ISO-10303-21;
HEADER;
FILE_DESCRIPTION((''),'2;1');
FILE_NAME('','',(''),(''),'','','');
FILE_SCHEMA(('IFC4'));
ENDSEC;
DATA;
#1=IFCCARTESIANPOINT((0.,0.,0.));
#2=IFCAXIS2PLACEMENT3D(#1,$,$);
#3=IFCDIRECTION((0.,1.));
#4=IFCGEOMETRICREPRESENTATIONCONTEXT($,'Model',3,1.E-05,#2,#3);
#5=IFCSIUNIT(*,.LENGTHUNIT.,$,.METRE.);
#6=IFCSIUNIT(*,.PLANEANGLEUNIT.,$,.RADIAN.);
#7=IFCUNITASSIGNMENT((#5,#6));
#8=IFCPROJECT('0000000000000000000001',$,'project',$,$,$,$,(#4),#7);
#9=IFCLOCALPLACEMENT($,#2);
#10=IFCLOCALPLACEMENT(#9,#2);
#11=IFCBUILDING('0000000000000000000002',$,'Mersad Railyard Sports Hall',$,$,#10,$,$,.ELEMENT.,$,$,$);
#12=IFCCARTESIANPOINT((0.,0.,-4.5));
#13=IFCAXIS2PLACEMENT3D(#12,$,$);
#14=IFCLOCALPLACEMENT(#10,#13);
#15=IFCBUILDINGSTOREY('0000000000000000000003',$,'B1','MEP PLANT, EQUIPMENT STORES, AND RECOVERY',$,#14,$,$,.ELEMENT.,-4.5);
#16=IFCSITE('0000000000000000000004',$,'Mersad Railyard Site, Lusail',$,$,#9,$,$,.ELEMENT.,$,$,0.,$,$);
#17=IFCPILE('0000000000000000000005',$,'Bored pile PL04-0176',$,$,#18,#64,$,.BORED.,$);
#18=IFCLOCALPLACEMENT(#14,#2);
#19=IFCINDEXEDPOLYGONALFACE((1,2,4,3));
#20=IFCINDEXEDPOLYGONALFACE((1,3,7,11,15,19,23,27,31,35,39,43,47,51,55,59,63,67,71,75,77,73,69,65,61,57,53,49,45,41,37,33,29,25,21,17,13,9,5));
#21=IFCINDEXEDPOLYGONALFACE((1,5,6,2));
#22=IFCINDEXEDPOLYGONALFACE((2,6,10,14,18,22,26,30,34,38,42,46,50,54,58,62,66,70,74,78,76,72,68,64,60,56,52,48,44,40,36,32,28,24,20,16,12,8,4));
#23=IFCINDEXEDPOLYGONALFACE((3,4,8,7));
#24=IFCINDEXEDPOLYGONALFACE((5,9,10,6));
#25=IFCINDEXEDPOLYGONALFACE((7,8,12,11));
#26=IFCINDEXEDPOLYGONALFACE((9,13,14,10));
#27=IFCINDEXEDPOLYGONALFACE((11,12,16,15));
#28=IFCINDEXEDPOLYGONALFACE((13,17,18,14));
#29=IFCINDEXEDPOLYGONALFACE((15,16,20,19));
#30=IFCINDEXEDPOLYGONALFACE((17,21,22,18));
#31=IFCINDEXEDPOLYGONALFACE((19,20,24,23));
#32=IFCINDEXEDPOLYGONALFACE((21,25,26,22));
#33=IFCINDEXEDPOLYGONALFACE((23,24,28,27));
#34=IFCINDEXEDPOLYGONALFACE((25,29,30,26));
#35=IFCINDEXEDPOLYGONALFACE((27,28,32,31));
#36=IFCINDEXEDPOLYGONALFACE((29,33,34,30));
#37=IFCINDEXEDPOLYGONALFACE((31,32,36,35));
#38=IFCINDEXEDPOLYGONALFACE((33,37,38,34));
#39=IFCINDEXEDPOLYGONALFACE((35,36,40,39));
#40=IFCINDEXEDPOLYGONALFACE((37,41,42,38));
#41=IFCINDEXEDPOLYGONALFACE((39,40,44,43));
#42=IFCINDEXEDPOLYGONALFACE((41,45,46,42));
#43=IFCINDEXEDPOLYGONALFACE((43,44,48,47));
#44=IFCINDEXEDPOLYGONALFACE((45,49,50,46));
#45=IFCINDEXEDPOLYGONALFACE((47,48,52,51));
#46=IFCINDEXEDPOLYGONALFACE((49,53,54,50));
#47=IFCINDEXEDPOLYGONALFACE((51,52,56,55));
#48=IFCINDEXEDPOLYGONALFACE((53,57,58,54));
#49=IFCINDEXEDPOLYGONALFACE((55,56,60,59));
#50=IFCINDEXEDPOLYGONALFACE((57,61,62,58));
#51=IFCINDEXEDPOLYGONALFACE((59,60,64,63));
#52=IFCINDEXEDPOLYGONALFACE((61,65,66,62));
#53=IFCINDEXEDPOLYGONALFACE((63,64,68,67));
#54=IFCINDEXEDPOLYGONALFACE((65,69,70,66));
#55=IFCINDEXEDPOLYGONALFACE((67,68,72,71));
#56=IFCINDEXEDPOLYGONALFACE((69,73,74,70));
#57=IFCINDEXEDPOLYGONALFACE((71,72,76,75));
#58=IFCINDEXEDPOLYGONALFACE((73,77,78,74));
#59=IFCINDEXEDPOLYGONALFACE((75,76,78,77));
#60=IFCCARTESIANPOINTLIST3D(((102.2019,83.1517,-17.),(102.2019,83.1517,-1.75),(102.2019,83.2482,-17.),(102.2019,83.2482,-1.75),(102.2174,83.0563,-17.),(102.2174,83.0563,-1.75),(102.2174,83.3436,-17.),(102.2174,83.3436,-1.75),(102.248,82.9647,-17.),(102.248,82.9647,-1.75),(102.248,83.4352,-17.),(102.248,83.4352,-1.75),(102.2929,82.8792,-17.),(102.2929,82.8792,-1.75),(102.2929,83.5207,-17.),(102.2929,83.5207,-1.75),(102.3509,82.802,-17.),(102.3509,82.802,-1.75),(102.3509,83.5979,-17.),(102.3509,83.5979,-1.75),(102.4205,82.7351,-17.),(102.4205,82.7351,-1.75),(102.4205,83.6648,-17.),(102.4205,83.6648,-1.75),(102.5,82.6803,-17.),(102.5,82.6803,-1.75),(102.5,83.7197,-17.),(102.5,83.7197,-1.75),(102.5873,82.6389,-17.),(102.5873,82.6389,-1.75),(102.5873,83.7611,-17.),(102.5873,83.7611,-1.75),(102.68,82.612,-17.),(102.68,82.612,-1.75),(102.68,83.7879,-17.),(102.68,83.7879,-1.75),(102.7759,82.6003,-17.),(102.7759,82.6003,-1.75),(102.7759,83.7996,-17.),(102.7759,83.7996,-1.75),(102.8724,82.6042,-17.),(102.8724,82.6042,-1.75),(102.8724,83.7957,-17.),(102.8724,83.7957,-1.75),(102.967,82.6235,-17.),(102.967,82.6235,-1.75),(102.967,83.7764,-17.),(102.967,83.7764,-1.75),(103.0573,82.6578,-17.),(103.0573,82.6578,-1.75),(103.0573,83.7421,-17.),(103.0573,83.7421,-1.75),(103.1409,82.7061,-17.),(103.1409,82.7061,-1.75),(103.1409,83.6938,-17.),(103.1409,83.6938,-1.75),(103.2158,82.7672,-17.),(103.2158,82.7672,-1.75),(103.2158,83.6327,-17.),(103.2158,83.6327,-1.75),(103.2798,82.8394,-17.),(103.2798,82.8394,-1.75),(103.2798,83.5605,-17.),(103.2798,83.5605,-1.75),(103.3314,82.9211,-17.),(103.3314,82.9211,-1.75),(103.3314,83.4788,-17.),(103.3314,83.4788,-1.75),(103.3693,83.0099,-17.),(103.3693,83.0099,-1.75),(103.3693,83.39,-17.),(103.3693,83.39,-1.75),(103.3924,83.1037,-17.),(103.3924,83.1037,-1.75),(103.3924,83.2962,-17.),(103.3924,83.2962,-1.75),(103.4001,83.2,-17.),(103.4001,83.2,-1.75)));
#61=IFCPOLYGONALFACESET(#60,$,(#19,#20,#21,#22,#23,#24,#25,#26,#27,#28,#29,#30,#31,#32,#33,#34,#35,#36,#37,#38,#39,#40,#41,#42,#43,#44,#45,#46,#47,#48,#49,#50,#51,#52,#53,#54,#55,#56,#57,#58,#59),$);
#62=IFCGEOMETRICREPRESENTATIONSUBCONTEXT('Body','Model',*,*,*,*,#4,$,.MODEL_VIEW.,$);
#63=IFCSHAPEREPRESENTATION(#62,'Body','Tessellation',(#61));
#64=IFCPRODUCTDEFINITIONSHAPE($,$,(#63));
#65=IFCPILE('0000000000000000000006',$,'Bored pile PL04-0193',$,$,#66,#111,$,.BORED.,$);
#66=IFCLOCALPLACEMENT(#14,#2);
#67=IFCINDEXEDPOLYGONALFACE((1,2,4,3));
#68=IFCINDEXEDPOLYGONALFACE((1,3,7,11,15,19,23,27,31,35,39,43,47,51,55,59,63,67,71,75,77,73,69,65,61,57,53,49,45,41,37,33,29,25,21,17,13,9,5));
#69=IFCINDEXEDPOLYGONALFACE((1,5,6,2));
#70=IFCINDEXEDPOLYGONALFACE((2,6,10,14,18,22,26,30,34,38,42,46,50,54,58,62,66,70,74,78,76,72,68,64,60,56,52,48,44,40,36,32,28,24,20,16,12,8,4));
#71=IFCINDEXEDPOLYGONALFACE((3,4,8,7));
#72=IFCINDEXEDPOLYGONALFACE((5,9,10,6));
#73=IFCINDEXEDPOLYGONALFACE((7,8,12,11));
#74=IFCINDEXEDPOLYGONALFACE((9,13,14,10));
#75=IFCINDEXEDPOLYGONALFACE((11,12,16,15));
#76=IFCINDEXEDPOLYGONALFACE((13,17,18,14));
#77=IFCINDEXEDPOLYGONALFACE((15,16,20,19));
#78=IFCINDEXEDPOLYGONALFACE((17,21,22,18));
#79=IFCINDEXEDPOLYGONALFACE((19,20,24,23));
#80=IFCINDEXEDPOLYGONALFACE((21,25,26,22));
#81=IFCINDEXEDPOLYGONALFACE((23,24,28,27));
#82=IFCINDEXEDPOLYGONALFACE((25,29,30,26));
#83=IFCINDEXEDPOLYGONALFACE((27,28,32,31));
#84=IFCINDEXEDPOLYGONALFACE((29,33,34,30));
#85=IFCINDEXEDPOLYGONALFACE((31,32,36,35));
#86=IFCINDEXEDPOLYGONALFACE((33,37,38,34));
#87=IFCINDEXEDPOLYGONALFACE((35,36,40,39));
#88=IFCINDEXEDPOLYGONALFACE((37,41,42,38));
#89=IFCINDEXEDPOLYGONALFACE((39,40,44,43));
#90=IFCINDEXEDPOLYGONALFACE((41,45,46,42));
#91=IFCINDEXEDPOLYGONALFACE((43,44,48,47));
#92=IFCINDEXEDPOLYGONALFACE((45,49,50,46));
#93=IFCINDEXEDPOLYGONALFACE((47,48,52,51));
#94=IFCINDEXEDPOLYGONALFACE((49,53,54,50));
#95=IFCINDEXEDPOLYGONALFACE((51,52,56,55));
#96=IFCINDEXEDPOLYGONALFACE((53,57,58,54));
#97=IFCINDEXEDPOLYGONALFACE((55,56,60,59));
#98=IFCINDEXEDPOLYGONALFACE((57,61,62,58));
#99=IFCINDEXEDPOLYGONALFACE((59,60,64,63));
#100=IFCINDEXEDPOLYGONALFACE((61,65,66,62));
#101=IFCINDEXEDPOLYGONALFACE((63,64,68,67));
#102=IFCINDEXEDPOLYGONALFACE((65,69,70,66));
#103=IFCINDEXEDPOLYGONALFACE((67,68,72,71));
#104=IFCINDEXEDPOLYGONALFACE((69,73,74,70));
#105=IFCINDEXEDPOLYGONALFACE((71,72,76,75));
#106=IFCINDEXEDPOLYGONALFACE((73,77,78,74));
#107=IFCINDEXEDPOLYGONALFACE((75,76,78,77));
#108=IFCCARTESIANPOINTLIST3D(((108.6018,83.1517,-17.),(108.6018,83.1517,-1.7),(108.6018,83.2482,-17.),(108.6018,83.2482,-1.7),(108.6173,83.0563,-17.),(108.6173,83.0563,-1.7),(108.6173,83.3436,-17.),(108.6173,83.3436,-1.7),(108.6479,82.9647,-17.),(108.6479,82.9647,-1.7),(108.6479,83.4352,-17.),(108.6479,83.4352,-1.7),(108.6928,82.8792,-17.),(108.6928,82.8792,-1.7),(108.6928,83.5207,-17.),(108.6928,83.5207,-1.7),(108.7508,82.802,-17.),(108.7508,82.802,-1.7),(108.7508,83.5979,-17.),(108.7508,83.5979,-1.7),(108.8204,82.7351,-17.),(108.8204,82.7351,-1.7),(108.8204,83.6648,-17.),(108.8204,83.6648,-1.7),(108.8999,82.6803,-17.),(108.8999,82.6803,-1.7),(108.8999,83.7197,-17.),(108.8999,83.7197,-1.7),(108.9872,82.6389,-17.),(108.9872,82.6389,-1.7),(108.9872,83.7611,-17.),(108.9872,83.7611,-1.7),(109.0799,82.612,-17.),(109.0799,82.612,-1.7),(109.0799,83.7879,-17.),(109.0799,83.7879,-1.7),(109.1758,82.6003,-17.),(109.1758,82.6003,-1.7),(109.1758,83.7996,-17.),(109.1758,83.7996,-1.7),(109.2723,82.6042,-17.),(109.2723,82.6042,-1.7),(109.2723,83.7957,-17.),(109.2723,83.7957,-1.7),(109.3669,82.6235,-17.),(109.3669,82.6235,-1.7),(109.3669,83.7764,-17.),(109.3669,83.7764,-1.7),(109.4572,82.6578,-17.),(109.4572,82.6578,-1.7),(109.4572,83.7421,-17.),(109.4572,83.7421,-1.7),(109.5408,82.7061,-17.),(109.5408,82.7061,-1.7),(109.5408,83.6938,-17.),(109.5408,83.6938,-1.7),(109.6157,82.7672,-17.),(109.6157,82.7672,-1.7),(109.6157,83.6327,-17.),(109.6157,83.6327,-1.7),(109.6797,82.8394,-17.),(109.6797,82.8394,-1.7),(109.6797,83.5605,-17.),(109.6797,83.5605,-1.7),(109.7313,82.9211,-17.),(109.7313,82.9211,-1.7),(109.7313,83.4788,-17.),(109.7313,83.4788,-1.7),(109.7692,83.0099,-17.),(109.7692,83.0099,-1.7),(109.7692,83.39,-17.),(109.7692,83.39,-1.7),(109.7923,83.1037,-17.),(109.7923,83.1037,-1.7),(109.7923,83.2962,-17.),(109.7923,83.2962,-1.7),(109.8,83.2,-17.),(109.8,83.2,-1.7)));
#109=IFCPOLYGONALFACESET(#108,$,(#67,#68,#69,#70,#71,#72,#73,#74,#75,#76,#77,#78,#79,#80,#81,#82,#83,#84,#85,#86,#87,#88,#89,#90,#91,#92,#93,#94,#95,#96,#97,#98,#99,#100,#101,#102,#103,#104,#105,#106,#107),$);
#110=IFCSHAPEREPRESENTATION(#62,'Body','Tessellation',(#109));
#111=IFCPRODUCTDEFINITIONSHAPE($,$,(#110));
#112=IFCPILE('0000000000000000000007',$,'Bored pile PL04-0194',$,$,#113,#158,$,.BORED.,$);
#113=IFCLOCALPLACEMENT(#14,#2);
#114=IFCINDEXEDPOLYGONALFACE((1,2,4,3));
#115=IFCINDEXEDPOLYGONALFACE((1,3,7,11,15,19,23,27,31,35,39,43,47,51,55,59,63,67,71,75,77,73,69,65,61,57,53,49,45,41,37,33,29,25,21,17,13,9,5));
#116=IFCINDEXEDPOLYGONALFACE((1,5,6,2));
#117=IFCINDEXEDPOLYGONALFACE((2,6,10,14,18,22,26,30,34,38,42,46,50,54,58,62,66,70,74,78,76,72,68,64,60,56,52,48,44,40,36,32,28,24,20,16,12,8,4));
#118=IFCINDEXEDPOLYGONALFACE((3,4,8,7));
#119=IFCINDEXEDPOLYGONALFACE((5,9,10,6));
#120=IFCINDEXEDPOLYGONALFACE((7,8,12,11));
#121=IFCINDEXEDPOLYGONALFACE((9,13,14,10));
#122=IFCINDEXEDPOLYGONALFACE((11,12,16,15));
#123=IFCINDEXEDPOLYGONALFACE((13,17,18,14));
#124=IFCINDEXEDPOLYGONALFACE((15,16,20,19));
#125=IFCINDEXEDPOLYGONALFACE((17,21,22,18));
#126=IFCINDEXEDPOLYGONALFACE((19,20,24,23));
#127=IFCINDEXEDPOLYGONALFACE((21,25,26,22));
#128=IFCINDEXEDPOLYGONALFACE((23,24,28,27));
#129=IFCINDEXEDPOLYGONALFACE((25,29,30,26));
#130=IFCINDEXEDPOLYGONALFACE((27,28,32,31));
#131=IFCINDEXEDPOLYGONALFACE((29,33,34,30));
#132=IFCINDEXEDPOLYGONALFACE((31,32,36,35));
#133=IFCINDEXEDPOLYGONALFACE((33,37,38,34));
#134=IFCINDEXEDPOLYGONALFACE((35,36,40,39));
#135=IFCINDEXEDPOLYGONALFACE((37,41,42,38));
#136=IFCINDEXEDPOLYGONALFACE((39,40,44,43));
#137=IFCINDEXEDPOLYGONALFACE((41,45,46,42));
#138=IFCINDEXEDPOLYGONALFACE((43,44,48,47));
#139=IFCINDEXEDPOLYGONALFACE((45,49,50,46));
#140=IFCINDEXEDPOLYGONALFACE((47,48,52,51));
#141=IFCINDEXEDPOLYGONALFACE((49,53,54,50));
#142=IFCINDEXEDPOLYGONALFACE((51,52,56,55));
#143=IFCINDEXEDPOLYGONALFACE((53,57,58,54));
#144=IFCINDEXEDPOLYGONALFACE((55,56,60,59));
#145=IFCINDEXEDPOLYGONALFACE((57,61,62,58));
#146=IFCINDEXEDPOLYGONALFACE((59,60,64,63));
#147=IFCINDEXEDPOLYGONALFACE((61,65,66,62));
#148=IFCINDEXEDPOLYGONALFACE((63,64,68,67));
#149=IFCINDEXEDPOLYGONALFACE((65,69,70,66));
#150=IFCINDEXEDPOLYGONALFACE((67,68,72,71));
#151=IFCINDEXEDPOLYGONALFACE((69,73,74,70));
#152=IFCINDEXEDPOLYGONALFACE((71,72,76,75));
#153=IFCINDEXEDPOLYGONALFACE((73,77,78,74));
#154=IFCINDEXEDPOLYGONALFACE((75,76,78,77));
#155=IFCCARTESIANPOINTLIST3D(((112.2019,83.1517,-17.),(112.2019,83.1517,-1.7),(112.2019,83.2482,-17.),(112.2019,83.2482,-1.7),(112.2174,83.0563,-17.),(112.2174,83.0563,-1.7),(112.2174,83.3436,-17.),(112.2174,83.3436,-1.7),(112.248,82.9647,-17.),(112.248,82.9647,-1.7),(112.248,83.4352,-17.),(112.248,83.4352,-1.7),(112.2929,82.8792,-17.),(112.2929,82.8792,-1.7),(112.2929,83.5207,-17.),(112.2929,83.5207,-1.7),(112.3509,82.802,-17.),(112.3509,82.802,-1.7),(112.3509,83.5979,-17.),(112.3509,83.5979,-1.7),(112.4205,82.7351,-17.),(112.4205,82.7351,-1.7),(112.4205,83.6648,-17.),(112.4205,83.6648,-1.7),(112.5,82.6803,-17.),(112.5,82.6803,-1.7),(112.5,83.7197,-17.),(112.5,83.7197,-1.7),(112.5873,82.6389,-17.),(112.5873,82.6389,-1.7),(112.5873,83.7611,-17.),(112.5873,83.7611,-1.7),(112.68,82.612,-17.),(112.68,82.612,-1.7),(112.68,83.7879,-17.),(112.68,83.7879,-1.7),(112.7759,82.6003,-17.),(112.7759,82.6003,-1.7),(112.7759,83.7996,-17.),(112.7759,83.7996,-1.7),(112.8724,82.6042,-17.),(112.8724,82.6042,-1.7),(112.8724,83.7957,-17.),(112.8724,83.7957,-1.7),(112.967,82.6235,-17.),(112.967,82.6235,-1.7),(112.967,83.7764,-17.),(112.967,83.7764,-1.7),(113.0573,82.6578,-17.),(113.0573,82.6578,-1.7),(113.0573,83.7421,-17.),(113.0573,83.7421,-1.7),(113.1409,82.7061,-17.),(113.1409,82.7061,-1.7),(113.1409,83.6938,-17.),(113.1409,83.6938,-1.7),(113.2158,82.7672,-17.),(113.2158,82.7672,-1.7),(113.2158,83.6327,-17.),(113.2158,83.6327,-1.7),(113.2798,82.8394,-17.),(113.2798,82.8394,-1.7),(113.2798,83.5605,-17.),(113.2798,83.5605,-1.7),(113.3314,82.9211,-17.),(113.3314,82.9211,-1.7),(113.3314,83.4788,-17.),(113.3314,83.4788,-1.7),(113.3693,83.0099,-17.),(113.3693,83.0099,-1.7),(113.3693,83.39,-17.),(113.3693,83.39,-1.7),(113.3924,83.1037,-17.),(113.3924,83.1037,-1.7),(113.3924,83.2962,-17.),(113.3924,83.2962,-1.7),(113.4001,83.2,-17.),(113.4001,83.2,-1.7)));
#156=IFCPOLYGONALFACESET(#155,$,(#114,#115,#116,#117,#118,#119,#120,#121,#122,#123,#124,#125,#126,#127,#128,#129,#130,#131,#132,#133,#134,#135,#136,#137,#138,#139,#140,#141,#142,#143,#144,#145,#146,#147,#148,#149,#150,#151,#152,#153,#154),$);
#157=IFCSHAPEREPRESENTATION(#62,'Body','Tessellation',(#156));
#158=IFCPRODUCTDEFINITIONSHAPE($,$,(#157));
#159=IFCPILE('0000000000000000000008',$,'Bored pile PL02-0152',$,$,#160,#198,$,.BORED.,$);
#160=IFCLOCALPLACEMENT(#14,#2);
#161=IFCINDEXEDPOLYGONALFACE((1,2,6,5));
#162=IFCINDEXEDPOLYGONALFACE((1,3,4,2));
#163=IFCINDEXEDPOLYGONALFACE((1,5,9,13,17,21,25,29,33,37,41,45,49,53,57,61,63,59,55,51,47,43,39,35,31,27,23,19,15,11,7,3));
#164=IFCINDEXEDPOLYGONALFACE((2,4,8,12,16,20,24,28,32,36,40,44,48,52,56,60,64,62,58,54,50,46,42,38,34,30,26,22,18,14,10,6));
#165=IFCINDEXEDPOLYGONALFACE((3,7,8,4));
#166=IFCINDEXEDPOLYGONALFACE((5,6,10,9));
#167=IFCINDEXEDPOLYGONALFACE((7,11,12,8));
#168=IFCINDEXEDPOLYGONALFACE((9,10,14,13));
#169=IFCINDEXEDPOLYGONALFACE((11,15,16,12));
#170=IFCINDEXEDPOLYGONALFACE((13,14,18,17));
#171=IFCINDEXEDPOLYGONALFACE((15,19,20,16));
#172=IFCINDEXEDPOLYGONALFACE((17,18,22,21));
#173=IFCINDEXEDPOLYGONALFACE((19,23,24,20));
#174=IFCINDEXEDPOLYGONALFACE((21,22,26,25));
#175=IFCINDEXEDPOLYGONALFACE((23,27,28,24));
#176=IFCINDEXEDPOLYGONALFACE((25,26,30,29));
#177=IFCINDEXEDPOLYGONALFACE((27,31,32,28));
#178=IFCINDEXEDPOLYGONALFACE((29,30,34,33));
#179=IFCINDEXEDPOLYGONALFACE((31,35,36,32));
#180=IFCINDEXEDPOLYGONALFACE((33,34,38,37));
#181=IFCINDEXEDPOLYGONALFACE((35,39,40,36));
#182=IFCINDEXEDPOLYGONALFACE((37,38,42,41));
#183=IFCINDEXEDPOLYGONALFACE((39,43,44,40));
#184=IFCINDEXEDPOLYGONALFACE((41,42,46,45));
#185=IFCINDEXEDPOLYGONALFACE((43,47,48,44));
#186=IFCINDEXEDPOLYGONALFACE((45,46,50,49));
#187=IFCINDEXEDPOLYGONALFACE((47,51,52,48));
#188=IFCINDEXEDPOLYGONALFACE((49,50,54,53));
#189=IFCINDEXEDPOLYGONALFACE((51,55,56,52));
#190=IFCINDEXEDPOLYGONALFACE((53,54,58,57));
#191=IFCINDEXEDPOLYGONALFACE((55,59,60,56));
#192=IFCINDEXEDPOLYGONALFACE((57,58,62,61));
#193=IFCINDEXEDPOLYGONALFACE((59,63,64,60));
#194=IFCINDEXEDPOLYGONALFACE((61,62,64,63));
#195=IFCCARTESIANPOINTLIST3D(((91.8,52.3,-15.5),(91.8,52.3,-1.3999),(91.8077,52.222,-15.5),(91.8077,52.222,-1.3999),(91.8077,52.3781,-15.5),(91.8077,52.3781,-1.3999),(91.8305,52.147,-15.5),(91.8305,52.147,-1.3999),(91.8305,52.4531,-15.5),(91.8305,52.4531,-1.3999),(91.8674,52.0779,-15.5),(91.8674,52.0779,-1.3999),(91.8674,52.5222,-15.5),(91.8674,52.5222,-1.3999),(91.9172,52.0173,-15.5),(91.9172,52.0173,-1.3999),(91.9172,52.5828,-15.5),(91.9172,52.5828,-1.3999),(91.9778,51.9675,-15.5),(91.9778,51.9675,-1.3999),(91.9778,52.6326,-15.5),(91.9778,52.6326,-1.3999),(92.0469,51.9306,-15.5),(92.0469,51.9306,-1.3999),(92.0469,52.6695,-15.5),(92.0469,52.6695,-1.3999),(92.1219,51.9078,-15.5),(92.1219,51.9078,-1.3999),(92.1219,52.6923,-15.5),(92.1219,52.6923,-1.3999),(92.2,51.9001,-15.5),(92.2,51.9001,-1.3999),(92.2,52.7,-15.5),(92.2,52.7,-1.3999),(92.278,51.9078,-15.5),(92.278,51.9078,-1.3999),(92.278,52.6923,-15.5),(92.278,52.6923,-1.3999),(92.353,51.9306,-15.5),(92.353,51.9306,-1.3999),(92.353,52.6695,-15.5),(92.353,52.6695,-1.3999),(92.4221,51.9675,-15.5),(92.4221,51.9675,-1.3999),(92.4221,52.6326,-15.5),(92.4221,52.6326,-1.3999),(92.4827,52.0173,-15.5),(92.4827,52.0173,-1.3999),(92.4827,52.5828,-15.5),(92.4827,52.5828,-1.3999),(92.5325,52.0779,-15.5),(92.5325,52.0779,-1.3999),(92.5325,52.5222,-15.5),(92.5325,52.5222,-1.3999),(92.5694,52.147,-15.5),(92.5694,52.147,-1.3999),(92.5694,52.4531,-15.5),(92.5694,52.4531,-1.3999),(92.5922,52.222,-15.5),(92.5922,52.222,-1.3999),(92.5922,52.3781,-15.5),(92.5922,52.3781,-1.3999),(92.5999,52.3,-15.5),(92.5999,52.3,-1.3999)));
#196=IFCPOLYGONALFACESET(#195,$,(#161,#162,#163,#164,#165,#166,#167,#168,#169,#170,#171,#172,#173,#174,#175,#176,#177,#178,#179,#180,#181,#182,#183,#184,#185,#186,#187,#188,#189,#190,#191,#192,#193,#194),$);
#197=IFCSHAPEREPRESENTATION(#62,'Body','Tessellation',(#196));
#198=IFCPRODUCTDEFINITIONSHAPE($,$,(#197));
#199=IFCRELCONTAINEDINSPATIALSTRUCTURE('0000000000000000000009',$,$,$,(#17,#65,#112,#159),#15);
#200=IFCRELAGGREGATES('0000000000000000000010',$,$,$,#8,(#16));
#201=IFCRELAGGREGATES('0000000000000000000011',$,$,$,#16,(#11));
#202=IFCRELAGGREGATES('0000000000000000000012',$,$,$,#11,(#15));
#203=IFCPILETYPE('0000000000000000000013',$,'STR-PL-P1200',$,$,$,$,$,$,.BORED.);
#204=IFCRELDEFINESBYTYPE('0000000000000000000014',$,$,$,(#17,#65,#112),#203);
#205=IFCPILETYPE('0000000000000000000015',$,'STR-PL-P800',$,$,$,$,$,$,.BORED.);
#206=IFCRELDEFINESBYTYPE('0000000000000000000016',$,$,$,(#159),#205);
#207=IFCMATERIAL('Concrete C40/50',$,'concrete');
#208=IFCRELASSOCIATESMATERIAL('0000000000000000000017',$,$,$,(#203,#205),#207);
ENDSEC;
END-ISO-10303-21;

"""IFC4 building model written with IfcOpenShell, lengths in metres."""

from ifc_helpers import new_model, si_unit, direction, frame, origin, origin_2d, place, context, subcontext, project, spatial, circle, extrude, material, material_profile, profile_set, type_object, element, save


model = new_model("IFC4")

# Units and contexts
model_context = context("Model", 3, precision=1e-05, world=origin(), true_north=direction((0.0, 1.0)))
body_context = subcontext(model_context, "Body", "Model", "MODEL_VIEW")
ifc_project = project(units=[si_unit("LENGTHUNIT", "METRE"), si_unit("PLANEANGLEUNIT", "RADIAN")], contexts=[model_context])

# Site, building, storey
site_placement = place(None, origin())
site = spatial("IfcSite", under=ifc_project, at=site_placement, Name="Mersad Railyard Site, Lusail", CompositionType="ELEMENT", RefElevation=0.0)
building_placement = place(site_placement, origin())
building = spatial("IfcBuilding", under=site, at=building_placement, Name="Mersad Railyard Sports Hall", CompositionType="ELEMENT")
storey_placement = place(building_placement, frame((0.0, 0.0, -4.5)))
storey = spatial("IfcBuildingStorey", under=building, at=storey_placement, Name="B1", Description="MEP PLANT, EQUIPMENT STORES, AND RECOVERY", CompositionType="ELEMENT", Elevation=-4.5)

# Shared definitions
ifc_material_1 = material(Name="Concrete C40/50", Category="concrete")

# Piles
ifc_material_profile_1 = material_profile(ifc_material_1, circle(Radius=0.6001, at=origin_2d()), Name="BORED PILE D1200")
ifc_profile_set_1 = profile_set([ifc_material_profile_1], Name="Concrete C40/50")
pile_type_1 = type_object("IfcPileType", Name="STR-PL-P1200", PredefinedType="BORED", material=ifc_profile_set_1)
for number, where, z_axis, x_axis, name in (
    (1, (102.8, 83.2, -1.75), (0.0, 0.0, -1.0), (1.0, 0.0, 0.0), "Bored pile PL04-0176"),
):
    element("IfcPile", number, at=place(storey_placement, frame(where, z_axis=z_axis, x_axis=x_axis)), inside=storey, type_object=pile_type_1, Name=name, PredefinedType="BORED", context=body_context, shape_type="SweptSolid", body=[
        extrude(circle(Radius=0.6001, at=origin_2d()), origin(), (0.0, 0.0, 1.0), 15.25),
    ])
for number, where, z_axis, x_axis, name in (
    (2, (109.2, 83.2, -1.7), (0.0, 0.0, -1.0), (1.0, 0.0, 0.0), "Bored pile PL04-0193"),
    (3, (112.8, 83.2, -1.7), (0.0, 0.0, -1.0), (1.0, 0.0, 0.0), "Bored pile PL04-0194"),
):
    element("IfcPile", number, at=place(storey_placement, frame(where, z_axis=z_axis, x_axis=x_axis)), inside=storey, type_object=pile_type_1, Name=name, PredefinedType="BORED", context=body_context, shape_type="SweptSolid", body=[
        extrude(circle(Radius=0.6001, at=origin_2d()), origin(), (0.0, 0.0, 1.0), 15.3),
    ])
ifc_material_profile_2 = material_profile(ifc_material_1, circle(Radius=0.3999, at=origin_2d()), Name="BORED PILE D800")
ifc_profile_set_2 = profile_set([ifc_material_profile_2], Name="Concrete C40/50")
pile_type_2 = type_object("IfcPileType", Name="STR-PL-P800", PredefinedType="BORED", material=ifc_profile_set_2)
for number, where, z_axis, x_axis, name in (
    (4, (92.2, 52.3, -1.3999), (0.0, 0.0, -1.0), (1.0, 0.0, 0.0), "Bored pile PL02-0152"),
):
    element("IfcPile", number, at=place(storey_placement, frame(where, z_axis=z_axis, x_axis=x_axis)), inside=storey, type_object=pile_type_2, Name=name, PredefinedType="BORED", context=body_context, shape_type="SweptSolid", body=[
        extrude(circle(Radius=0.3999, at=origin_2d()), origin(), (0.0, 0.0, 1.0), 14.1001),
    ])

save(model, "model.ifc")
